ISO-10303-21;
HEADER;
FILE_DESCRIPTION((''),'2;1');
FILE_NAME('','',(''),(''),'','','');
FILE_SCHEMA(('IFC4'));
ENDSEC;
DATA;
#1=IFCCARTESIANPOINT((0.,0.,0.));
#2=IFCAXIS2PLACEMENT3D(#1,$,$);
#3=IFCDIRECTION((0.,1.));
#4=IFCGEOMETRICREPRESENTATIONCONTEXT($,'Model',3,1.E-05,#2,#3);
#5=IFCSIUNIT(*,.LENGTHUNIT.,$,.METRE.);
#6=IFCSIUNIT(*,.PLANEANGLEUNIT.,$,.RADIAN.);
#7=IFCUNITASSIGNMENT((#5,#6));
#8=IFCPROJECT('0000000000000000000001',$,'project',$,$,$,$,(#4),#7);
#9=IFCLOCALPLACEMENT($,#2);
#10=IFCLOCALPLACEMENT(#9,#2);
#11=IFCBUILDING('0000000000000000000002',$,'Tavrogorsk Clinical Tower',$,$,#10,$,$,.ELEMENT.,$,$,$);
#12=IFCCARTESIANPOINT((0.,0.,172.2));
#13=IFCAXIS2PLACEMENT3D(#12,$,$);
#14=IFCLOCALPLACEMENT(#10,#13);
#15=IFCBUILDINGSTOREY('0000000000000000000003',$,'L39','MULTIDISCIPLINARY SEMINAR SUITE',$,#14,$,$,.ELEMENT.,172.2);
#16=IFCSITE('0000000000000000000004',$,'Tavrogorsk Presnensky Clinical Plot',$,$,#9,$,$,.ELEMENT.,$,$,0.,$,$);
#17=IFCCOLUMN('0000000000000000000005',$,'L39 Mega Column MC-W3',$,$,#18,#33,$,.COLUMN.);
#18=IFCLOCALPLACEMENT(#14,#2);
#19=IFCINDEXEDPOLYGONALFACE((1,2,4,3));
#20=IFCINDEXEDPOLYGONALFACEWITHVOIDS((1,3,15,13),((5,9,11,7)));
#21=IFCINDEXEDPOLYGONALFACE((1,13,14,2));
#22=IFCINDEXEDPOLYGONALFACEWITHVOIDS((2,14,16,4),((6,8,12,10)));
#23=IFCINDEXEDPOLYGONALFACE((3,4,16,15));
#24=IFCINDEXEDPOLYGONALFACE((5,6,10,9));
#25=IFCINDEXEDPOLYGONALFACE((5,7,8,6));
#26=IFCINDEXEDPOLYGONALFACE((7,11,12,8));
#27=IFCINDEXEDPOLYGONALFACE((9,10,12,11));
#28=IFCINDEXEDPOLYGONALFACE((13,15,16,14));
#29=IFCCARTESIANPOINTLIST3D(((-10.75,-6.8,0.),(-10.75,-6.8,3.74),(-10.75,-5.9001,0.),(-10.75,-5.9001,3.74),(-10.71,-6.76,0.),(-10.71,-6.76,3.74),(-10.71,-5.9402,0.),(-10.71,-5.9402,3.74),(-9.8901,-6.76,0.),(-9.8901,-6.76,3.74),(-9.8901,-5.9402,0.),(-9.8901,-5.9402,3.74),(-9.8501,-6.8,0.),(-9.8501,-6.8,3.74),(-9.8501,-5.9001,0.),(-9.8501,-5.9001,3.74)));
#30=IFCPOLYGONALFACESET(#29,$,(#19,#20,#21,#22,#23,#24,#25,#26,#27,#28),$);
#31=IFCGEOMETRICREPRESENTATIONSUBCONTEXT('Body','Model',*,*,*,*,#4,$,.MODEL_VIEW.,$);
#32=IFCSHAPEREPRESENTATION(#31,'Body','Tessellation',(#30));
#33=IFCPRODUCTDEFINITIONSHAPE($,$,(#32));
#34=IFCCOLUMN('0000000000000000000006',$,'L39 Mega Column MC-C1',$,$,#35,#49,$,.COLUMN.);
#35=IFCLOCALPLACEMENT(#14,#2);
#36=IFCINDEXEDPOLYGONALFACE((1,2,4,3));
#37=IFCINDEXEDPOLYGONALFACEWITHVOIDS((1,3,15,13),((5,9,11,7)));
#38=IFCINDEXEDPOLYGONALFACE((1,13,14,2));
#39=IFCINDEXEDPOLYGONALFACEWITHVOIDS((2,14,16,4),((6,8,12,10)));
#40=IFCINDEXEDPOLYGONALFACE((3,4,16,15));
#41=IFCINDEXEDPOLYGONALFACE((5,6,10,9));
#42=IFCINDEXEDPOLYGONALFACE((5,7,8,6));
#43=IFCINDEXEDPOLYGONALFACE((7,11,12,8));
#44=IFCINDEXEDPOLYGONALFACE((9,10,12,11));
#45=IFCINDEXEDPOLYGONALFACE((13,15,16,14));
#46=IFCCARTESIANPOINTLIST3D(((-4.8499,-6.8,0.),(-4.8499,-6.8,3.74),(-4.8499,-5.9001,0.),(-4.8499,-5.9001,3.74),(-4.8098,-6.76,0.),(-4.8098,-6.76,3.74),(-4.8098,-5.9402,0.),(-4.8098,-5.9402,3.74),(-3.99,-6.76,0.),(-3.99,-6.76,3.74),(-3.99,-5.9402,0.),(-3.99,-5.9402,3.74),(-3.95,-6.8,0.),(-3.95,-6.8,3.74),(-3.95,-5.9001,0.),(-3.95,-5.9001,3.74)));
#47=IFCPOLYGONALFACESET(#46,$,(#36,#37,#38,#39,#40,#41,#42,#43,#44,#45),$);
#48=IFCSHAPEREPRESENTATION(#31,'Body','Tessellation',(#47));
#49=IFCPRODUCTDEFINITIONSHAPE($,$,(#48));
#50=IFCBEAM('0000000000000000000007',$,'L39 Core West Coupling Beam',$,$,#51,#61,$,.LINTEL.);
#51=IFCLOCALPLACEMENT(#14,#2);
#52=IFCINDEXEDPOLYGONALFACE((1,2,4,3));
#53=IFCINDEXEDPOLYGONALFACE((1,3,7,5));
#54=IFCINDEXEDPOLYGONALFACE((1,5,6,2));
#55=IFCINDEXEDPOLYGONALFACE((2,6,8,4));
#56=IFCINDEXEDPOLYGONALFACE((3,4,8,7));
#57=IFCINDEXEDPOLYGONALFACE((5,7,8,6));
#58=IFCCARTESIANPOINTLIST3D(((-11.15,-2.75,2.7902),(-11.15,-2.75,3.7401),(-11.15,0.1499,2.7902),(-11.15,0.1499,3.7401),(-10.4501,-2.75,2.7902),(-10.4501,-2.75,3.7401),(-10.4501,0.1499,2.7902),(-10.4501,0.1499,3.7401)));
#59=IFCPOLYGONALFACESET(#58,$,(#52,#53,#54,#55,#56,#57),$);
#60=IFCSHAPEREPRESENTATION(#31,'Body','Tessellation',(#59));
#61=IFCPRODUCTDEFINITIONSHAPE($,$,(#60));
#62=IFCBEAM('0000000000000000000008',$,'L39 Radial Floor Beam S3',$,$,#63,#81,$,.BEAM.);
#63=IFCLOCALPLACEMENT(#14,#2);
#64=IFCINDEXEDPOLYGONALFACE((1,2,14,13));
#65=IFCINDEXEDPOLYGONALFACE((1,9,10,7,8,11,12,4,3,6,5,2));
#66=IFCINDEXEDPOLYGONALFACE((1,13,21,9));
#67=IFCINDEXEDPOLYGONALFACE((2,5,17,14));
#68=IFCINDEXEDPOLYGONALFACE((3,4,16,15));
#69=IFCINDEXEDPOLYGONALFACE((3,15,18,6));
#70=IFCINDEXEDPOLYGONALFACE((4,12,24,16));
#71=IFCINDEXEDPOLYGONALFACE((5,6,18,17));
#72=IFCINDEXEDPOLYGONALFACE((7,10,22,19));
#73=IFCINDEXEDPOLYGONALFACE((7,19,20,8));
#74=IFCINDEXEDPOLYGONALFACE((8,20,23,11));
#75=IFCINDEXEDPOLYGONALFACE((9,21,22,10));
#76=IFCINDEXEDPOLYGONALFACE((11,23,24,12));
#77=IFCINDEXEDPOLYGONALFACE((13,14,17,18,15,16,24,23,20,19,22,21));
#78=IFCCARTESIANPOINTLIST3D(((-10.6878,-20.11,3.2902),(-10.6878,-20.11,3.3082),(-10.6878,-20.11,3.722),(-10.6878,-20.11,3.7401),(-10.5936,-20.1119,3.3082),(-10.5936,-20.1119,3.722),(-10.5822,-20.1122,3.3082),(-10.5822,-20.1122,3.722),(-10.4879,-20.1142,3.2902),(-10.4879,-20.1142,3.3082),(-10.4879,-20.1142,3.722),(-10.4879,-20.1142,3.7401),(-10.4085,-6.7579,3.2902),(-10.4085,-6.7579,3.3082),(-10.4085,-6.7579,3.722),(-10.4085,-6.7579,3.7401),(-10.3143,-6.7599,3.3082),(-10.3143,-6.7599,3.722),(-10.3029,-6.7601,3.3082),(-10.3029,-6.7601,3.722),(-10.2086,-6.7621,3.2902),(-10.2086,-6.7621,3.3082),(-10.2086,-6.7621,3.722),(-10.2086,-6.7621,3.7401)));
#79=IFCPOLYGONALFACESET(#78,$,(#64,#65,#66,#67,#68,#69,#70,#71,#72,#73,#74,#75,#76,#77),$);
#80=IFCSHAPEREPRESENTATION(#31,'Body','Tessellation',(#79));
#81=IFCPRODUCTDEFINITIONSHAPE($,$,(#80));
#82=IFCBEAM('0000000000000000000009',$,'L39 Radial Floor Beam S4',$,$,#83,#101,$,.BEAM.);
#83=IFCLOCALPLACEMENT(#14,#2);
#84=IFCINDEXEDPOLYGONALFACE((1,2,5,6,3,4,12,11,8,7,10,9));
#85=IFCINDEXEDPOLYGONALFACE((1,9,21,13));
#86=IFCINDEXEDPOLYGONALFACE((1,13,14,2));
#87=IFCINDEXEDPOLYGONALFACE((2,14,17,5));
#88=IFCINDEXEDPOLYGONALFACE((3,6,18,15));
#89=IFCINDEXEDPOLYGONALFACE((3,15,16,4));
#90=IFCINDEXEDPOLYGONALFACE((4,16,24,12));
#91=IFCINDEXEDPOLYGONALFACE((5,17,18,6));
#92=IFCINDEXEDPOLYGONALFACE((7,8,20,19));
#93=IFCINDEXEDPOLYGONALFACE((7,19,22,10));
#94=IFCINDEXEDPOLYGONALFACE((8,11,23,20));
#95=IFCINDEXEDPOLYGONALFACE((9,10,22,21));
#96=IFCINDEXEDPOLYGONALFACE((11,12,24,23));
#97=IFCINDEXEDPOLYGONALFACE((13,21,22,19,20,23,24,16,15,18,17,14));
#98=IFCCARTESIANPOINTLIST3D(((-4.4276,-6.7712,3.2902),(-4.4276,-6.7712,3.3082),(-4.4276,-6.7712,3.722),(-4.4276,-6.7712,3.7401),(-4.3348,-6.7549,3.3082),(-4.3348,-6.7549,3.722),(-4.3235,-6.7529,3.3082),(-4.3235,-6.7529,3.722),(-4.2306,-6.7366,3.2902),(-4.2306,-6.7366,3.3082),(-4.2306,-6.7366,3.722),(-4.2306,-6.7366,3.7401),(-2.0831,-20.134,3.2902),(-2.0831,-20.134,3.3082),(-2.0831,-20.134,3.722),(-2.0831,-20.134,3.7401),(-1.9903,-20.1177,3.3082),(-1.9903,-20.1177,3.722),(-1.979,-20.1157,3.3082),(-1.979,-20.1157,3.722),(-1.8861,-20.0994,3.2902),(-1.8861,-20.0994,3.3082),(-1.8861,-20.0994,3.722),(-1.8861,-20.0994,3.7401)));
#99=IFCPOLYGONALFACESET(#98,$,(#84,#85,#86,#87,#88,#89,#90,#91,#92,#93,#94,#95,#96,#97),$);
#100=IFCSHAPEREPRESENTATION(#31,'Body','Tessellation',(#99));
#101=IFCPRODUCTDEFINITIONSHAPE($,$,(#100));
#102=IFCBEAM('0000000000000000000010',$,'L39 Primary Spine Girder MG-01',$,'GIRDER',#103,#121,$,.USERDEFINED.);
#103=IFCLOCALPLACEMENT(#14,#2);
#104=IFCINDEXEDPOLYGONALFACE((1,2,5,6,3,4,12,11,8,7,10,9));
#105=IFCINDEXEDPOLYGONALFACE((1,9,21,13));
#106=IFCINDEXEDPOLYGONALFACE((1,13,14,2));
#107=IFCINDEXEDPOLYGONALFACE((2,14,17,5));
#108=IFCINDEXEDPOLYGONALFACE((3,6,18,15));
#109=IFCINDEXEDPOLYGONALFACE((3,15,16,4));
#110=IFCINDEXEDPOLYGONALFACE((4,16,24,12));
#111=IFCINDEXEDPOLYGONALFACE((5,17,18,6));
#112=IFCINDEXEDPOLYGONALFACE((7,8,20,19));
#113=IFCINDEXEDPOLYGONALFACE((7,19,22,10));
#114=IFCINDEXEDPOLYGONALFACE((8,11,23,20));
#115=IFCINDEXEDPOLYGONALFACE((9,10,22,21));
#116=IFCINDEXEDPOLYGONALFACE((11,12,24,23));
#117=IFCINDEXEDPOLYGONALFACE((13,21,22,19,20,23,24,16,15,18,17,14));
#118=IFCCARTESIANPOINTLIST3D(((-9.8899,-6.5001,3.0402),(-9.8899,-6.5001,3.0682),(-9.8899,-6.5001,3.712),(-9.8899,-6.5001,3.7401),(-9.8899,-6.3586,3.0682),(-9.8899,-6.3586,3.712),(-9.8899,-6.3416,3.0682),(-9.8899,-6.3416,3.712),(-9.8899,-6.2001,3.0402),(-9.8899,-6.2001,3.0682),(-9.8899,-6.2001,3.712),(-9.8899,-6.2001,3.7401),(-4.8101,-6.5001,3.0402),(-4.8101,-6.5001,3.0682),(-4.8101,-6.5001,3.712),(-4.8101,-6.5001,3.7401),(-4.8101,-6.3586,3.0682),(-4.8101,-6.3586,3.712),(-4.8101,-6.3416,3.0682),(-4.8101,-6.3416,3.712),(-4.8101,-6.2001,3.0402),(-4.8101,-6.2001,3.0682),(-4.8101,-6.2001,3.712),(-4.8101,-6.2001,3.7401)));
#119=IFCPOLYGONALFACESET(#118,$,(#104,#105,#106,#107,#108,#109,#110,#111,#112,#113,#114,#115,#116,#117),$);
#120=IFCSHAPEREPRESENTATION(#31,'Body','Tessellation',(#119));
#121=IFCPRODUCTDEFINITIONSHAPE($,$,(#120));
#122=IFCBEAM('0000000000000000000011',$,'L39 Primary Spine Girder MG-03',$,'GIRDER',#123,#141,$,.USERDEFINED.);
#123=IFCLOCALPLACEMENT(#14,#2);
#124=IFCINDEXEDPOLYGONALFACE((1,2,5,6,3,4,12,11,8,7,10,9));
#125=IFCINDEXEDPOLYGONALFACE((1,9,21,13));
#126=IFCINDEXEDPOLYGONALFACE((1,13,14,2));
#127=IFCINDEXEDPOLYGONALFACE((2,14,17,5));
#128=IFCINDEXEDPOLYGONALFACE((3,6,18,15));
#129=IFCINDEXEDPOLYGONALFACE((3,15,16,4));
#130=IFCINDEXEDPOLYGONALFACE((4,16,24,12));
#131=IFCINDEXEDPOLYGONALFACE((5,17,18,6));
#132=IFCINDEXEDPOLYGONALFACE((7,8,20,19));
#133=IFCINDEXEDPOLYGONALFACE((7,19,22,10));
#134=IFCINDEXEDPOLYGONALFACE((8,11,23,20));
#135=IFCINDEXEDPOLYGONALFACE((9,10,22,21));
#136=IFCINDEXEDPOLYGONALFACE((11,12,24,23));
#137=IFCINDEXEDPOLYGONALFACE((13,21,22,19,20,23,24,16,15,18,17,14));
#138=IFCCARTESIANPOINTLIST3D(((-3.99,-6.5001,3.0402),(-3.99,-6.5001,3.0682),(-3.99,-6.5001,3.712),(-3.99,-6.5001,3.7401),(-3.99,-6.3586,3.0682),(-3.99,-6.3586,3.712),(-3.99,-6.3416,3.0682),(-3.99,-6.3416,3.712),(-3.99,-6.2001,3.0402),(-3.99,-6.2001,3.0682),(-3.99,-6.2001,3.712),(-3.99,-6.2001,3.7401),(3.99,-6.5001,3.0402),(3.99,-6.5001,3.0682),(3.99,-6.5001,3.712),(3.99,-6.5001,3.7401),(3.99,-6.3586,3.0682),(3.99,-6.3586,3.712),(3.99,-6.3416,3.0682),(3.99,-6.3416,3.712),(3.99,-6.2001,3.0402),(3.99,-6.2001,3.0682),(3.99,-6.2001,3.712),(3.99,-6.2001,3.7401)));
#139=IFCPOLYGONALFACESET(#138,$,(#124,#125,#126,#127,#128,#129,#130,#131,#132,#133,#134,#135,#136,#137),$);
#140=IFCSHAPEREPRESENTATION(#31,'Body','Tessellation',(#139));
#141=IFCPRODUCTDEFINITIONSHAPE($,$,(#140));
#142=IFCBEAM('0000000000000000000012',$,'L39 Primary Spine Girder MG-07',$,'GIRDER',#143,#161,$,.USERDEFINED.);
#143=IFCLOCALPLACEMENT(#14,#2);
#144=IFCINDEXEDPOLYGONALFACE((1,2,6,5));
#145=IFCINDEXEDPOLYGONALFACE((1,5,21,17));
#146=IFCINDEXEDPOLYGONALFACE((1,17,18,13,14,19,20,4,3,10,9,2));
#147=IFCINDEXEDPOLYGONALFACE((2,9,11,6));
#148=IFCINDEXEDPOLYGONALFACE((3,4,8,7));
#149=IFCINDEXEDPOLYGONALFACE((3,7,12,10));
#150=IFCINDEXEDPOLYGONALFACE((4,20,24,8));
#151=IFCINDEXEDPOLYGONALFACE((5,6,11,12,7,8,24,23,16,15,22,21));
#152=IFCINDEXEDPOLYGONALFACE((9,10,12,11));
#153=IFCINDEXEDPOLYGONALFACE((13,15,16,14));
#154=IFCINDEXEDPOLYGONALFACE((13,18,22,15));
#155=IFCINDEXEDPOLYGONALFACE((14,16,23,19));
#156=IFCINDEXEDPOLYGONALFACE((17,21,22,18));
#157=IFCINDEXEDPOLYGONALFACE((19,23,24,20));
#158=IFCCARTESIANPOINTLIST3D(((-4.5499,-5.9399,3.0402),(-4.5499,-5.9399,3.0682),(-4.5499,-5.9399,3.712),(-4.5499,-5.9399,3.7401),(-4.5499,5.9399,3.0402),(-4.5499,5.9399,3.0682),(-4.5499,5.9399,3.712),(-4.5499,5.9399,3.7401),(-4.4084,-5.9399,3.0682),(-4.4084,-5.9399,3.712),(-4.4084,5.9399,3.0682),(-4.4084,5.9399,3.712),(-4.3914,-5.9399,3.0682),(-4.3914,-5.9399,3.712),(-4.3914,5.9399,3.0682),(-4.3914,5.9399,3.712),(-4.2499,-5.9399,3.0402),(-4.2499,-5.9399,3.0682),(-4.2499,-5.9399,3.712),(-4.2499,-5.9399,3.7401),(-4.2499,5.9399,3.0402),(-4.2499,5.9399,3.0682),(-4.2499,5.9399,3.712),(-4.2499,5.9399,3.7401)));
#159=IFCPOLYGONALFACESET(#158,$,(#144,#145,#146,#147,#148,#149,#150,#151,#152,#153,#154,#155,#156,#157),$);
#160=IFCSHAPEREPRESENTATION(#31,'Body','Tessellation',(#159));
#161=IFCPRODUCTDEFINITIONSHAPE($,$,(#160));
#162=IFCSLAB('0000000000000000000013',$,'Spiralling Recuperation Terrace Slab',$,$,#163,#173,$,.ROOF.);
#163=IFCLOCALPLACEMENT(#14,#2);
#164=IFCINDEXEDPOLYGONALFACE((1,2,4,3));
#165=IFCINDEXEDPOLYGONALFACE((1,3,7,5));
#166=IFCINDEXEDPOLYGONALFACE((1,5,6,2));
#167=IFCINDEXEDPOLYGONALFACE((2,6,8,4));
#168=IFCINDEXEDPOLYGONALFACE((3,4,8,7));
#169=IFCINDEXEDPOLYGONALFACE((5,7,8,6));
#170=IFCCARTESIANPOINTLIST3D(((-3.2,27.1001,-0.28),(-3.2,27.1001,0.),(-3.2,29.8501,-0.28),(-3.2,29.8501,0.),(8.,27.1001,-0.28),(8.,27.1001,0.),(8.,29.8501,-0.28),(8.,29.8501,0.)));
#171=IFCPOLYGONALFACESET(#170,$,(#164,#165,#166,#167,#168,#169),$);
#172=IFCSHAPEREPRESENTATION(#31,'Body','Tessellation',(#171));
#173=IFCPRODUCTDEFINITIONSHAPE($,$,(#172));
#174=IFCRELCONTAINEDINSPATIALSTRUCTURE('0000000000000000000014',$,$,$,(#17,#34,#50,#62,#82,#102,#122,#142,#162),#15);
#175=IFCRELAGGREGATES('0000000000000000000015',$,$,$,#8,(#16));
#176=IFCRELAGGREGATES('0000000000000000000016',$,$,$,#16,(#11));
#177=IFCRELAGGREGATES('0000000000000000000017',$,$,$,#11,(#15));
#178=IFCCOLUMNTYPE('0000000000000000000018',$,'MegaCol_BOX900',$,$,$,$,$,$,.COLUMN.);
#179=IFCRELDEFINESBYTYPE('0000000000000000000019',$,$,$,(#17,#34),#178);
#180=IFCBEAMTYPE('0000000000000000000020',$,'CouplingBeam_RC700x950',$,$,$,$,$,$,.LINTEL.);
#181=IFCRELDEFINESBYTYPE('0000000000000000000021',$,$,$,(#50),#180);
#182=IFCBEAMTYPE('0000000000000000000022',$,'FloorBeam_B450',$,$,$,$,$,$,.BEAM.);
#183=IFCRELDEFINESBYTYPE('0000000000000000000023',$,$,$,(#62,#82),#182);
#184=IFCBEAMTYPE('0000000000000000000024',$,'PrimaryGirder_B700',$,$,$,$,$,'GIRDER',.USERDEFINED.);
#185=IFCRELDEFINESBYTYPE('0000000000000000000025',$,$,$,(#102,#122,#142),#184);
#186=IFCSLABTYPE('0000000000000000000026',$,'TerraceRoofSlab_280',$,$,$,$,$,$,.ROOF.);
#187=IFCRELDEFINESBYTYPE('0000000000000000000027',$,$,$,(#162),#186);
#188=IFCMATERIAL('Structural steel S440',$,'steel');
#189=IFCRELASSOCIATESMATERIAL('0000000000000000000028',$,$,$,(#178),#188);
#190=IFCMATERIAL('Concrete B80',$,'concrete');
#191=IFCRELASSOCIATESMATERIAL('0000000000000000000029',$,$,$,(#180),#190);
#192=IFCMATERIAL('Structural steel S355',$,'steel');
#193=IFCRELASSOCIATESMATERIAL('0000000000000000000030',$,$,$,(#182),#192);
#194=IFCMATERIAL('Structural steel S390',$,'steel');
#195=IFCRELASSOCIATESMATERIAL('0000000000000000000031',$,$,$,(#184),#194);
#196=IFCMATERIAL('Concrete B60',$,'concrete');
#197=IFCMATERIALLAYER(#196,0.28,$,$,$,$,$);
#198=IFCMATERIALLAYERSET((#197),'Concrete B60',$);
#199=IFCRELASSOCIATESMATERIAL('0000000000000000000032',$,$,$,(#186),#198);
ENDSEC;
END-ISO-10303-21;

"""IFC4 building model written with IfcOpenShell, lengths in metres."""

from ifc_helpers import new_model, si_unit, direction, frame, origin, origin_2d, place, context, subcontext, project, spatial, polyline, rectangle, hollow_rectangle, i_section, outline, extrude, material, layer, layer_set, material_profile, profile_set, type_object, element, save


model = new_model("IFC4")

# Units and contexts
model_context = context("Model", 3, precision=1e-05, world=origin(), true_north=direction((0.0, 1.0)))
body_context = subcontext(model_context, "Body", "Model", "MODEL_VIEW")
ifc_project = project(units=[si_unit("LENGTHUNIT", "METRE"), si_unit("PLANEANGLEUNIT", "RADIAN")], contexts=[model_context])

# Site, building, storey
site_placement = place(None, origin())
site = spatial("IfcSite", under=ifc_project, at=site_placement, Name="Tavrogorsk Presnensky Clinical Plot", CompositionType="ELEMENT", RefElevation=0.0)
building_placement = place(site_placement, origin())
building = spatial("IfcBuilding", under=site, at=building_placement, Name="Tavrogorsk Clinical Tower", CompositionType="ELEMENT")
storey_placement = place(building_placement, frame((0.0, 0.0, 172.2)))
storey = spatial("IfcBuildingStorey", under=building, at=storey_placement, Name="L39", Description="MULTIDISCIPLINARY SEMINAR SUITE", CompositionType="ELEMENT", Elevation=172.2)

# Columns
ifc_material_1 = material(Name="Structural steel S440", Category="steel")
ifc_material_profile_1 = material_profile(ifc_material_1, hollow_rectangle(XDim=0.8999, YDim=0.8999, WallThickness=0.04, at=origin_2d()), Name="BOX-900x900x40")
ifc_profile_set_1 = profile_set([ifc_material_profile_1], Name="Structural steel S440")
column_type = type_object("IfcColumnType", Name="MegaCol_BOX900", PredefinedType="COLUMN", material=ifc_profile_set_1)
for number, where, z_axis, x_axis, name in (
    (1, (-10.3, -6.3501, 0.0), (0.0, 0.0, 1.0), (1.0, 0.0, 0.0), "L39 Mega Column MC-W3"),
    (2, (-4.3999, -6.3501, 0.0), (0.0, 0.0, 1.0), (1.0, 0.0, 0.0), "L39 Mega Column MC-C1"),
):
    element("IfcColumn", number, at=place(storey_placement, frame(where, z_axis=z_axis, x_axis=x_axis)), inside=storey, type_object=column_type, Name=name, PredefinedType="COLUMN", context=body_context, shape_type="SweptSolid", body=[
        extrude(hollow_rectangle(XDim=0.8999, YDim=0.8999, WallThickness=0.04, at=origin_2d()), origin(), (0.0, 0.0, 1.0), 3.74),
    ])

# Beams
ifc_material_2 = material(Name="Concrete B80", Category="concrete")
ifc_material_profile_2 = material_profile(ifc_material_2, rectangle(XDim=0.7, YDim=0.95, at=origin_2d()), Name="RC-CB-700x950")
ifc_profile_set_2 = profile_set([ifc_material_profile_2], Name="Concrete B80")
beam_type_1 = type_object("IfcBeamType", Name="CouplingBeam_RC700x950", PredefinedType="LINTEL", material=ifc_profile_set_2)
beam_1_placement = place(storey_placement, frame((-10.8, -2.75, 3.2651), z_axis=(0.0, 1.0, 0.0), x_axis=(-1.0, 0.0, 0.0)))
element("IfcBeam", 3, at=beam_1_placement, inside=storey, type_object=beam_type_1, Name="L39 Core West Coupling Beam", PredefinedType="LINTEL", context=body_context, shape_type="SweptSolid", body=[
    extrude(rectangle(XDim=0.7, YDim=0.95, at=origin_2d()), origin(), (0.0, 0.0, 1.0), 2.8999),
])
ifc_material_3 = material(Name="Structural steel S355", Category="steel")
ifc_material_profile_3 = material_profile(ifc_material_3, i_section(OverallWidth=0.2, OverallDepth=0.45, WebThickness=0.0115, FlangeThickness=0.0181, at=origin_2d()), Name="B-450x200x11.5x18")
ifc_profile_set_3 = profile_set([ifc_material_profile_3], Name="Structural steel S355")
beam_type_2 = type_object("IfcBeamType", Name="FloorBeam_B450", PredefinedType="BEAM", material=ifc_profile_set_3)
beam_2_placement = place(storey_placement, frame((-10.3086, -6.76, 3.5151), z_axis=(-0.020913, -0.999781, 0.0), x_axis=(0.999781, -0.020913, 0.0)))
element("IfcBeam", 4, at=beam_2_placement, inside=storey, type_object=beam_type_2, Name="L39 Radial Floor Beam S3", PredefinedType="BEAM", context=body_context, shape_type="SweptSolid", body=[
    extrude(i_section(OverallWidth=0.2, OverallDepth=0.45, WebThickness=0.0115, FlangeThickness=0.0181, at=origin_2d()), origin(), (0.0, 0.0, 1.0), 13.355),
])
beam_3_placement = place(storey_placement, frame((-4.3291, -6.7539, 3.5151), z_axis=(0.172809, -0.984955, 0.0), x_axis=(0.984955, 0.172809, 0.0)))
element("IfcBeam", 5, at=beam_3_placement, inside=storey, type_object=beam_type_2, Name="L39 Radial Floor Beam S4", PredefinedType="BEAM", context=body_context, shape_type="SweptSolid", body=[
    extrude(i_section(OverallWidth=0.2, OverallDepth=0.45, WebThickness=0.0115, FlangeThickness=0.0181, at=origin_2d()), origin(), (0.0, 0.0, 1.0), 13.5669),
])
ifc_material_4 = material(Name="Structural steel S390", Category="steel")
ifc_material_profile_4 = material_profile(ifc_material_4, i_section(OverallWidth=0.3, OverallDepth=0.7, WebThickness=0.0171, FlangeThickness=0.0281, at=origin_2d()), Name="B-700x300x17x28")
ifc_profile_set_4 = profile_set([ifc_material_profile_4], Name="Structural steel S390")
beam_type_3 = type_object("IfcBeamType", Name="PrimaryGirder_B700", ElementType="GIRDER", PredefinedType="USERDEFINED", material=ifc_profile_set_4)
beam_4_placement = place(storey_placement, frame((-9.8899, -6.3501, 3.3901), z_axis=(1.0, 0.0, 0.0), x_axis=(0.0, 1.0, 0.0)))
element("IfcBeam", 6, at=beam_4_placement, inside=storey, type_object=beam_type_3, Name="L39 Primary Spine Girder MG-01", ObjectType="GIRDER", PredefinedType="USERDEFINED", context=body_context, shape_type="SweptSolid", body=[
    extrude(i_section(OverallWidth=0.3, OverallDepth=0.7, WebThickness=0.0171, FlangeThickness=0.0281, at=origin_2d()), origin(), (0.0, 0.0, 1.0), 5.0798),
])
beam_5_placement = place(storey_placement, frame((-3.99, -6.3501, 3.3901), z_axis=(1.0, 0.0, 0.0), x_axis=(0.0, 1.0, 0.0)))
element("IfcBeam", 7, at=beam_5_placement, inside=storey, type_object=beam_type_3, Name="L39 Primary Spine Girder MG-03", ObjectType="GIRDER", PredefinedType="USERDEFINED", context=body_context, shape_type="SweptSolid", body=[
    extrude(i_section(OverallWidth=0.3, OverallDepth=0.7, WebThickness=0.0171, FlangeThickness=0.0281, at=origin_2d()), origin(), (0.0, 0.0, 1.0), 7.98),
])
beam_6_placement = place(storey_placement, frame((-4.3999, -5.9399, 3.3901), z_axis=(0.0, 1.0, 0.0), x_axis=(-1.0, 0.0, 0.0)))
element("IfcBeam", 8, at=beam_6_placement, inside=storey, type_object=beam_type_3, Name="L39 Primary Spine Girder MG-07", ObjectType="GIRDER", PredefinedType="USERDEFINED", context=body_context, shape_type="SweptSolid", body=[
    extrude(i_section(OverallWidth=0.3, OverallDepth=0.7, WebThickness=0.0171, FlangeThickness=0.0281, at=origin_2d()), origin(), (0.0, 0.0, 1.0), 11.8799),
])

# Slab
ifc_material_5 = material(Name="Concrete B60", Category="concrete")
ifc_layer_1 = layer(ifc_material_5, 0.28)
ifc_layer_set_1 = layer_set([ifc_layer_1], Name="Concrete B60")
slab_type_1 = type_object("IfcSlabType", Name="TerraceRoofSlab_280", PredefinedType="ROOF", material=ifc_layer_set_1)
slab_1_placement = place(storey_placement, frame((0.0, 0.0, -0.28)))
element("IfcSlab", 9, at=slab_1_placement, inside=storey, type_object=slab_type_1, Name="Spiralling Recuperation Terrace Slab", PredefinedType="ROOF", context=body_context, shape_type="SweptSolid", body=[
    extrude(outline(polyline([(-3.2, 29.8501), (8.0, 29.8501), (8.0, 27.1001), (-3.2, 27.1001), (-3.2, 29.8501)])), origin(), (0.0, 0.0, 1.0), 0.28),
])

save(model, "model.ifc")
